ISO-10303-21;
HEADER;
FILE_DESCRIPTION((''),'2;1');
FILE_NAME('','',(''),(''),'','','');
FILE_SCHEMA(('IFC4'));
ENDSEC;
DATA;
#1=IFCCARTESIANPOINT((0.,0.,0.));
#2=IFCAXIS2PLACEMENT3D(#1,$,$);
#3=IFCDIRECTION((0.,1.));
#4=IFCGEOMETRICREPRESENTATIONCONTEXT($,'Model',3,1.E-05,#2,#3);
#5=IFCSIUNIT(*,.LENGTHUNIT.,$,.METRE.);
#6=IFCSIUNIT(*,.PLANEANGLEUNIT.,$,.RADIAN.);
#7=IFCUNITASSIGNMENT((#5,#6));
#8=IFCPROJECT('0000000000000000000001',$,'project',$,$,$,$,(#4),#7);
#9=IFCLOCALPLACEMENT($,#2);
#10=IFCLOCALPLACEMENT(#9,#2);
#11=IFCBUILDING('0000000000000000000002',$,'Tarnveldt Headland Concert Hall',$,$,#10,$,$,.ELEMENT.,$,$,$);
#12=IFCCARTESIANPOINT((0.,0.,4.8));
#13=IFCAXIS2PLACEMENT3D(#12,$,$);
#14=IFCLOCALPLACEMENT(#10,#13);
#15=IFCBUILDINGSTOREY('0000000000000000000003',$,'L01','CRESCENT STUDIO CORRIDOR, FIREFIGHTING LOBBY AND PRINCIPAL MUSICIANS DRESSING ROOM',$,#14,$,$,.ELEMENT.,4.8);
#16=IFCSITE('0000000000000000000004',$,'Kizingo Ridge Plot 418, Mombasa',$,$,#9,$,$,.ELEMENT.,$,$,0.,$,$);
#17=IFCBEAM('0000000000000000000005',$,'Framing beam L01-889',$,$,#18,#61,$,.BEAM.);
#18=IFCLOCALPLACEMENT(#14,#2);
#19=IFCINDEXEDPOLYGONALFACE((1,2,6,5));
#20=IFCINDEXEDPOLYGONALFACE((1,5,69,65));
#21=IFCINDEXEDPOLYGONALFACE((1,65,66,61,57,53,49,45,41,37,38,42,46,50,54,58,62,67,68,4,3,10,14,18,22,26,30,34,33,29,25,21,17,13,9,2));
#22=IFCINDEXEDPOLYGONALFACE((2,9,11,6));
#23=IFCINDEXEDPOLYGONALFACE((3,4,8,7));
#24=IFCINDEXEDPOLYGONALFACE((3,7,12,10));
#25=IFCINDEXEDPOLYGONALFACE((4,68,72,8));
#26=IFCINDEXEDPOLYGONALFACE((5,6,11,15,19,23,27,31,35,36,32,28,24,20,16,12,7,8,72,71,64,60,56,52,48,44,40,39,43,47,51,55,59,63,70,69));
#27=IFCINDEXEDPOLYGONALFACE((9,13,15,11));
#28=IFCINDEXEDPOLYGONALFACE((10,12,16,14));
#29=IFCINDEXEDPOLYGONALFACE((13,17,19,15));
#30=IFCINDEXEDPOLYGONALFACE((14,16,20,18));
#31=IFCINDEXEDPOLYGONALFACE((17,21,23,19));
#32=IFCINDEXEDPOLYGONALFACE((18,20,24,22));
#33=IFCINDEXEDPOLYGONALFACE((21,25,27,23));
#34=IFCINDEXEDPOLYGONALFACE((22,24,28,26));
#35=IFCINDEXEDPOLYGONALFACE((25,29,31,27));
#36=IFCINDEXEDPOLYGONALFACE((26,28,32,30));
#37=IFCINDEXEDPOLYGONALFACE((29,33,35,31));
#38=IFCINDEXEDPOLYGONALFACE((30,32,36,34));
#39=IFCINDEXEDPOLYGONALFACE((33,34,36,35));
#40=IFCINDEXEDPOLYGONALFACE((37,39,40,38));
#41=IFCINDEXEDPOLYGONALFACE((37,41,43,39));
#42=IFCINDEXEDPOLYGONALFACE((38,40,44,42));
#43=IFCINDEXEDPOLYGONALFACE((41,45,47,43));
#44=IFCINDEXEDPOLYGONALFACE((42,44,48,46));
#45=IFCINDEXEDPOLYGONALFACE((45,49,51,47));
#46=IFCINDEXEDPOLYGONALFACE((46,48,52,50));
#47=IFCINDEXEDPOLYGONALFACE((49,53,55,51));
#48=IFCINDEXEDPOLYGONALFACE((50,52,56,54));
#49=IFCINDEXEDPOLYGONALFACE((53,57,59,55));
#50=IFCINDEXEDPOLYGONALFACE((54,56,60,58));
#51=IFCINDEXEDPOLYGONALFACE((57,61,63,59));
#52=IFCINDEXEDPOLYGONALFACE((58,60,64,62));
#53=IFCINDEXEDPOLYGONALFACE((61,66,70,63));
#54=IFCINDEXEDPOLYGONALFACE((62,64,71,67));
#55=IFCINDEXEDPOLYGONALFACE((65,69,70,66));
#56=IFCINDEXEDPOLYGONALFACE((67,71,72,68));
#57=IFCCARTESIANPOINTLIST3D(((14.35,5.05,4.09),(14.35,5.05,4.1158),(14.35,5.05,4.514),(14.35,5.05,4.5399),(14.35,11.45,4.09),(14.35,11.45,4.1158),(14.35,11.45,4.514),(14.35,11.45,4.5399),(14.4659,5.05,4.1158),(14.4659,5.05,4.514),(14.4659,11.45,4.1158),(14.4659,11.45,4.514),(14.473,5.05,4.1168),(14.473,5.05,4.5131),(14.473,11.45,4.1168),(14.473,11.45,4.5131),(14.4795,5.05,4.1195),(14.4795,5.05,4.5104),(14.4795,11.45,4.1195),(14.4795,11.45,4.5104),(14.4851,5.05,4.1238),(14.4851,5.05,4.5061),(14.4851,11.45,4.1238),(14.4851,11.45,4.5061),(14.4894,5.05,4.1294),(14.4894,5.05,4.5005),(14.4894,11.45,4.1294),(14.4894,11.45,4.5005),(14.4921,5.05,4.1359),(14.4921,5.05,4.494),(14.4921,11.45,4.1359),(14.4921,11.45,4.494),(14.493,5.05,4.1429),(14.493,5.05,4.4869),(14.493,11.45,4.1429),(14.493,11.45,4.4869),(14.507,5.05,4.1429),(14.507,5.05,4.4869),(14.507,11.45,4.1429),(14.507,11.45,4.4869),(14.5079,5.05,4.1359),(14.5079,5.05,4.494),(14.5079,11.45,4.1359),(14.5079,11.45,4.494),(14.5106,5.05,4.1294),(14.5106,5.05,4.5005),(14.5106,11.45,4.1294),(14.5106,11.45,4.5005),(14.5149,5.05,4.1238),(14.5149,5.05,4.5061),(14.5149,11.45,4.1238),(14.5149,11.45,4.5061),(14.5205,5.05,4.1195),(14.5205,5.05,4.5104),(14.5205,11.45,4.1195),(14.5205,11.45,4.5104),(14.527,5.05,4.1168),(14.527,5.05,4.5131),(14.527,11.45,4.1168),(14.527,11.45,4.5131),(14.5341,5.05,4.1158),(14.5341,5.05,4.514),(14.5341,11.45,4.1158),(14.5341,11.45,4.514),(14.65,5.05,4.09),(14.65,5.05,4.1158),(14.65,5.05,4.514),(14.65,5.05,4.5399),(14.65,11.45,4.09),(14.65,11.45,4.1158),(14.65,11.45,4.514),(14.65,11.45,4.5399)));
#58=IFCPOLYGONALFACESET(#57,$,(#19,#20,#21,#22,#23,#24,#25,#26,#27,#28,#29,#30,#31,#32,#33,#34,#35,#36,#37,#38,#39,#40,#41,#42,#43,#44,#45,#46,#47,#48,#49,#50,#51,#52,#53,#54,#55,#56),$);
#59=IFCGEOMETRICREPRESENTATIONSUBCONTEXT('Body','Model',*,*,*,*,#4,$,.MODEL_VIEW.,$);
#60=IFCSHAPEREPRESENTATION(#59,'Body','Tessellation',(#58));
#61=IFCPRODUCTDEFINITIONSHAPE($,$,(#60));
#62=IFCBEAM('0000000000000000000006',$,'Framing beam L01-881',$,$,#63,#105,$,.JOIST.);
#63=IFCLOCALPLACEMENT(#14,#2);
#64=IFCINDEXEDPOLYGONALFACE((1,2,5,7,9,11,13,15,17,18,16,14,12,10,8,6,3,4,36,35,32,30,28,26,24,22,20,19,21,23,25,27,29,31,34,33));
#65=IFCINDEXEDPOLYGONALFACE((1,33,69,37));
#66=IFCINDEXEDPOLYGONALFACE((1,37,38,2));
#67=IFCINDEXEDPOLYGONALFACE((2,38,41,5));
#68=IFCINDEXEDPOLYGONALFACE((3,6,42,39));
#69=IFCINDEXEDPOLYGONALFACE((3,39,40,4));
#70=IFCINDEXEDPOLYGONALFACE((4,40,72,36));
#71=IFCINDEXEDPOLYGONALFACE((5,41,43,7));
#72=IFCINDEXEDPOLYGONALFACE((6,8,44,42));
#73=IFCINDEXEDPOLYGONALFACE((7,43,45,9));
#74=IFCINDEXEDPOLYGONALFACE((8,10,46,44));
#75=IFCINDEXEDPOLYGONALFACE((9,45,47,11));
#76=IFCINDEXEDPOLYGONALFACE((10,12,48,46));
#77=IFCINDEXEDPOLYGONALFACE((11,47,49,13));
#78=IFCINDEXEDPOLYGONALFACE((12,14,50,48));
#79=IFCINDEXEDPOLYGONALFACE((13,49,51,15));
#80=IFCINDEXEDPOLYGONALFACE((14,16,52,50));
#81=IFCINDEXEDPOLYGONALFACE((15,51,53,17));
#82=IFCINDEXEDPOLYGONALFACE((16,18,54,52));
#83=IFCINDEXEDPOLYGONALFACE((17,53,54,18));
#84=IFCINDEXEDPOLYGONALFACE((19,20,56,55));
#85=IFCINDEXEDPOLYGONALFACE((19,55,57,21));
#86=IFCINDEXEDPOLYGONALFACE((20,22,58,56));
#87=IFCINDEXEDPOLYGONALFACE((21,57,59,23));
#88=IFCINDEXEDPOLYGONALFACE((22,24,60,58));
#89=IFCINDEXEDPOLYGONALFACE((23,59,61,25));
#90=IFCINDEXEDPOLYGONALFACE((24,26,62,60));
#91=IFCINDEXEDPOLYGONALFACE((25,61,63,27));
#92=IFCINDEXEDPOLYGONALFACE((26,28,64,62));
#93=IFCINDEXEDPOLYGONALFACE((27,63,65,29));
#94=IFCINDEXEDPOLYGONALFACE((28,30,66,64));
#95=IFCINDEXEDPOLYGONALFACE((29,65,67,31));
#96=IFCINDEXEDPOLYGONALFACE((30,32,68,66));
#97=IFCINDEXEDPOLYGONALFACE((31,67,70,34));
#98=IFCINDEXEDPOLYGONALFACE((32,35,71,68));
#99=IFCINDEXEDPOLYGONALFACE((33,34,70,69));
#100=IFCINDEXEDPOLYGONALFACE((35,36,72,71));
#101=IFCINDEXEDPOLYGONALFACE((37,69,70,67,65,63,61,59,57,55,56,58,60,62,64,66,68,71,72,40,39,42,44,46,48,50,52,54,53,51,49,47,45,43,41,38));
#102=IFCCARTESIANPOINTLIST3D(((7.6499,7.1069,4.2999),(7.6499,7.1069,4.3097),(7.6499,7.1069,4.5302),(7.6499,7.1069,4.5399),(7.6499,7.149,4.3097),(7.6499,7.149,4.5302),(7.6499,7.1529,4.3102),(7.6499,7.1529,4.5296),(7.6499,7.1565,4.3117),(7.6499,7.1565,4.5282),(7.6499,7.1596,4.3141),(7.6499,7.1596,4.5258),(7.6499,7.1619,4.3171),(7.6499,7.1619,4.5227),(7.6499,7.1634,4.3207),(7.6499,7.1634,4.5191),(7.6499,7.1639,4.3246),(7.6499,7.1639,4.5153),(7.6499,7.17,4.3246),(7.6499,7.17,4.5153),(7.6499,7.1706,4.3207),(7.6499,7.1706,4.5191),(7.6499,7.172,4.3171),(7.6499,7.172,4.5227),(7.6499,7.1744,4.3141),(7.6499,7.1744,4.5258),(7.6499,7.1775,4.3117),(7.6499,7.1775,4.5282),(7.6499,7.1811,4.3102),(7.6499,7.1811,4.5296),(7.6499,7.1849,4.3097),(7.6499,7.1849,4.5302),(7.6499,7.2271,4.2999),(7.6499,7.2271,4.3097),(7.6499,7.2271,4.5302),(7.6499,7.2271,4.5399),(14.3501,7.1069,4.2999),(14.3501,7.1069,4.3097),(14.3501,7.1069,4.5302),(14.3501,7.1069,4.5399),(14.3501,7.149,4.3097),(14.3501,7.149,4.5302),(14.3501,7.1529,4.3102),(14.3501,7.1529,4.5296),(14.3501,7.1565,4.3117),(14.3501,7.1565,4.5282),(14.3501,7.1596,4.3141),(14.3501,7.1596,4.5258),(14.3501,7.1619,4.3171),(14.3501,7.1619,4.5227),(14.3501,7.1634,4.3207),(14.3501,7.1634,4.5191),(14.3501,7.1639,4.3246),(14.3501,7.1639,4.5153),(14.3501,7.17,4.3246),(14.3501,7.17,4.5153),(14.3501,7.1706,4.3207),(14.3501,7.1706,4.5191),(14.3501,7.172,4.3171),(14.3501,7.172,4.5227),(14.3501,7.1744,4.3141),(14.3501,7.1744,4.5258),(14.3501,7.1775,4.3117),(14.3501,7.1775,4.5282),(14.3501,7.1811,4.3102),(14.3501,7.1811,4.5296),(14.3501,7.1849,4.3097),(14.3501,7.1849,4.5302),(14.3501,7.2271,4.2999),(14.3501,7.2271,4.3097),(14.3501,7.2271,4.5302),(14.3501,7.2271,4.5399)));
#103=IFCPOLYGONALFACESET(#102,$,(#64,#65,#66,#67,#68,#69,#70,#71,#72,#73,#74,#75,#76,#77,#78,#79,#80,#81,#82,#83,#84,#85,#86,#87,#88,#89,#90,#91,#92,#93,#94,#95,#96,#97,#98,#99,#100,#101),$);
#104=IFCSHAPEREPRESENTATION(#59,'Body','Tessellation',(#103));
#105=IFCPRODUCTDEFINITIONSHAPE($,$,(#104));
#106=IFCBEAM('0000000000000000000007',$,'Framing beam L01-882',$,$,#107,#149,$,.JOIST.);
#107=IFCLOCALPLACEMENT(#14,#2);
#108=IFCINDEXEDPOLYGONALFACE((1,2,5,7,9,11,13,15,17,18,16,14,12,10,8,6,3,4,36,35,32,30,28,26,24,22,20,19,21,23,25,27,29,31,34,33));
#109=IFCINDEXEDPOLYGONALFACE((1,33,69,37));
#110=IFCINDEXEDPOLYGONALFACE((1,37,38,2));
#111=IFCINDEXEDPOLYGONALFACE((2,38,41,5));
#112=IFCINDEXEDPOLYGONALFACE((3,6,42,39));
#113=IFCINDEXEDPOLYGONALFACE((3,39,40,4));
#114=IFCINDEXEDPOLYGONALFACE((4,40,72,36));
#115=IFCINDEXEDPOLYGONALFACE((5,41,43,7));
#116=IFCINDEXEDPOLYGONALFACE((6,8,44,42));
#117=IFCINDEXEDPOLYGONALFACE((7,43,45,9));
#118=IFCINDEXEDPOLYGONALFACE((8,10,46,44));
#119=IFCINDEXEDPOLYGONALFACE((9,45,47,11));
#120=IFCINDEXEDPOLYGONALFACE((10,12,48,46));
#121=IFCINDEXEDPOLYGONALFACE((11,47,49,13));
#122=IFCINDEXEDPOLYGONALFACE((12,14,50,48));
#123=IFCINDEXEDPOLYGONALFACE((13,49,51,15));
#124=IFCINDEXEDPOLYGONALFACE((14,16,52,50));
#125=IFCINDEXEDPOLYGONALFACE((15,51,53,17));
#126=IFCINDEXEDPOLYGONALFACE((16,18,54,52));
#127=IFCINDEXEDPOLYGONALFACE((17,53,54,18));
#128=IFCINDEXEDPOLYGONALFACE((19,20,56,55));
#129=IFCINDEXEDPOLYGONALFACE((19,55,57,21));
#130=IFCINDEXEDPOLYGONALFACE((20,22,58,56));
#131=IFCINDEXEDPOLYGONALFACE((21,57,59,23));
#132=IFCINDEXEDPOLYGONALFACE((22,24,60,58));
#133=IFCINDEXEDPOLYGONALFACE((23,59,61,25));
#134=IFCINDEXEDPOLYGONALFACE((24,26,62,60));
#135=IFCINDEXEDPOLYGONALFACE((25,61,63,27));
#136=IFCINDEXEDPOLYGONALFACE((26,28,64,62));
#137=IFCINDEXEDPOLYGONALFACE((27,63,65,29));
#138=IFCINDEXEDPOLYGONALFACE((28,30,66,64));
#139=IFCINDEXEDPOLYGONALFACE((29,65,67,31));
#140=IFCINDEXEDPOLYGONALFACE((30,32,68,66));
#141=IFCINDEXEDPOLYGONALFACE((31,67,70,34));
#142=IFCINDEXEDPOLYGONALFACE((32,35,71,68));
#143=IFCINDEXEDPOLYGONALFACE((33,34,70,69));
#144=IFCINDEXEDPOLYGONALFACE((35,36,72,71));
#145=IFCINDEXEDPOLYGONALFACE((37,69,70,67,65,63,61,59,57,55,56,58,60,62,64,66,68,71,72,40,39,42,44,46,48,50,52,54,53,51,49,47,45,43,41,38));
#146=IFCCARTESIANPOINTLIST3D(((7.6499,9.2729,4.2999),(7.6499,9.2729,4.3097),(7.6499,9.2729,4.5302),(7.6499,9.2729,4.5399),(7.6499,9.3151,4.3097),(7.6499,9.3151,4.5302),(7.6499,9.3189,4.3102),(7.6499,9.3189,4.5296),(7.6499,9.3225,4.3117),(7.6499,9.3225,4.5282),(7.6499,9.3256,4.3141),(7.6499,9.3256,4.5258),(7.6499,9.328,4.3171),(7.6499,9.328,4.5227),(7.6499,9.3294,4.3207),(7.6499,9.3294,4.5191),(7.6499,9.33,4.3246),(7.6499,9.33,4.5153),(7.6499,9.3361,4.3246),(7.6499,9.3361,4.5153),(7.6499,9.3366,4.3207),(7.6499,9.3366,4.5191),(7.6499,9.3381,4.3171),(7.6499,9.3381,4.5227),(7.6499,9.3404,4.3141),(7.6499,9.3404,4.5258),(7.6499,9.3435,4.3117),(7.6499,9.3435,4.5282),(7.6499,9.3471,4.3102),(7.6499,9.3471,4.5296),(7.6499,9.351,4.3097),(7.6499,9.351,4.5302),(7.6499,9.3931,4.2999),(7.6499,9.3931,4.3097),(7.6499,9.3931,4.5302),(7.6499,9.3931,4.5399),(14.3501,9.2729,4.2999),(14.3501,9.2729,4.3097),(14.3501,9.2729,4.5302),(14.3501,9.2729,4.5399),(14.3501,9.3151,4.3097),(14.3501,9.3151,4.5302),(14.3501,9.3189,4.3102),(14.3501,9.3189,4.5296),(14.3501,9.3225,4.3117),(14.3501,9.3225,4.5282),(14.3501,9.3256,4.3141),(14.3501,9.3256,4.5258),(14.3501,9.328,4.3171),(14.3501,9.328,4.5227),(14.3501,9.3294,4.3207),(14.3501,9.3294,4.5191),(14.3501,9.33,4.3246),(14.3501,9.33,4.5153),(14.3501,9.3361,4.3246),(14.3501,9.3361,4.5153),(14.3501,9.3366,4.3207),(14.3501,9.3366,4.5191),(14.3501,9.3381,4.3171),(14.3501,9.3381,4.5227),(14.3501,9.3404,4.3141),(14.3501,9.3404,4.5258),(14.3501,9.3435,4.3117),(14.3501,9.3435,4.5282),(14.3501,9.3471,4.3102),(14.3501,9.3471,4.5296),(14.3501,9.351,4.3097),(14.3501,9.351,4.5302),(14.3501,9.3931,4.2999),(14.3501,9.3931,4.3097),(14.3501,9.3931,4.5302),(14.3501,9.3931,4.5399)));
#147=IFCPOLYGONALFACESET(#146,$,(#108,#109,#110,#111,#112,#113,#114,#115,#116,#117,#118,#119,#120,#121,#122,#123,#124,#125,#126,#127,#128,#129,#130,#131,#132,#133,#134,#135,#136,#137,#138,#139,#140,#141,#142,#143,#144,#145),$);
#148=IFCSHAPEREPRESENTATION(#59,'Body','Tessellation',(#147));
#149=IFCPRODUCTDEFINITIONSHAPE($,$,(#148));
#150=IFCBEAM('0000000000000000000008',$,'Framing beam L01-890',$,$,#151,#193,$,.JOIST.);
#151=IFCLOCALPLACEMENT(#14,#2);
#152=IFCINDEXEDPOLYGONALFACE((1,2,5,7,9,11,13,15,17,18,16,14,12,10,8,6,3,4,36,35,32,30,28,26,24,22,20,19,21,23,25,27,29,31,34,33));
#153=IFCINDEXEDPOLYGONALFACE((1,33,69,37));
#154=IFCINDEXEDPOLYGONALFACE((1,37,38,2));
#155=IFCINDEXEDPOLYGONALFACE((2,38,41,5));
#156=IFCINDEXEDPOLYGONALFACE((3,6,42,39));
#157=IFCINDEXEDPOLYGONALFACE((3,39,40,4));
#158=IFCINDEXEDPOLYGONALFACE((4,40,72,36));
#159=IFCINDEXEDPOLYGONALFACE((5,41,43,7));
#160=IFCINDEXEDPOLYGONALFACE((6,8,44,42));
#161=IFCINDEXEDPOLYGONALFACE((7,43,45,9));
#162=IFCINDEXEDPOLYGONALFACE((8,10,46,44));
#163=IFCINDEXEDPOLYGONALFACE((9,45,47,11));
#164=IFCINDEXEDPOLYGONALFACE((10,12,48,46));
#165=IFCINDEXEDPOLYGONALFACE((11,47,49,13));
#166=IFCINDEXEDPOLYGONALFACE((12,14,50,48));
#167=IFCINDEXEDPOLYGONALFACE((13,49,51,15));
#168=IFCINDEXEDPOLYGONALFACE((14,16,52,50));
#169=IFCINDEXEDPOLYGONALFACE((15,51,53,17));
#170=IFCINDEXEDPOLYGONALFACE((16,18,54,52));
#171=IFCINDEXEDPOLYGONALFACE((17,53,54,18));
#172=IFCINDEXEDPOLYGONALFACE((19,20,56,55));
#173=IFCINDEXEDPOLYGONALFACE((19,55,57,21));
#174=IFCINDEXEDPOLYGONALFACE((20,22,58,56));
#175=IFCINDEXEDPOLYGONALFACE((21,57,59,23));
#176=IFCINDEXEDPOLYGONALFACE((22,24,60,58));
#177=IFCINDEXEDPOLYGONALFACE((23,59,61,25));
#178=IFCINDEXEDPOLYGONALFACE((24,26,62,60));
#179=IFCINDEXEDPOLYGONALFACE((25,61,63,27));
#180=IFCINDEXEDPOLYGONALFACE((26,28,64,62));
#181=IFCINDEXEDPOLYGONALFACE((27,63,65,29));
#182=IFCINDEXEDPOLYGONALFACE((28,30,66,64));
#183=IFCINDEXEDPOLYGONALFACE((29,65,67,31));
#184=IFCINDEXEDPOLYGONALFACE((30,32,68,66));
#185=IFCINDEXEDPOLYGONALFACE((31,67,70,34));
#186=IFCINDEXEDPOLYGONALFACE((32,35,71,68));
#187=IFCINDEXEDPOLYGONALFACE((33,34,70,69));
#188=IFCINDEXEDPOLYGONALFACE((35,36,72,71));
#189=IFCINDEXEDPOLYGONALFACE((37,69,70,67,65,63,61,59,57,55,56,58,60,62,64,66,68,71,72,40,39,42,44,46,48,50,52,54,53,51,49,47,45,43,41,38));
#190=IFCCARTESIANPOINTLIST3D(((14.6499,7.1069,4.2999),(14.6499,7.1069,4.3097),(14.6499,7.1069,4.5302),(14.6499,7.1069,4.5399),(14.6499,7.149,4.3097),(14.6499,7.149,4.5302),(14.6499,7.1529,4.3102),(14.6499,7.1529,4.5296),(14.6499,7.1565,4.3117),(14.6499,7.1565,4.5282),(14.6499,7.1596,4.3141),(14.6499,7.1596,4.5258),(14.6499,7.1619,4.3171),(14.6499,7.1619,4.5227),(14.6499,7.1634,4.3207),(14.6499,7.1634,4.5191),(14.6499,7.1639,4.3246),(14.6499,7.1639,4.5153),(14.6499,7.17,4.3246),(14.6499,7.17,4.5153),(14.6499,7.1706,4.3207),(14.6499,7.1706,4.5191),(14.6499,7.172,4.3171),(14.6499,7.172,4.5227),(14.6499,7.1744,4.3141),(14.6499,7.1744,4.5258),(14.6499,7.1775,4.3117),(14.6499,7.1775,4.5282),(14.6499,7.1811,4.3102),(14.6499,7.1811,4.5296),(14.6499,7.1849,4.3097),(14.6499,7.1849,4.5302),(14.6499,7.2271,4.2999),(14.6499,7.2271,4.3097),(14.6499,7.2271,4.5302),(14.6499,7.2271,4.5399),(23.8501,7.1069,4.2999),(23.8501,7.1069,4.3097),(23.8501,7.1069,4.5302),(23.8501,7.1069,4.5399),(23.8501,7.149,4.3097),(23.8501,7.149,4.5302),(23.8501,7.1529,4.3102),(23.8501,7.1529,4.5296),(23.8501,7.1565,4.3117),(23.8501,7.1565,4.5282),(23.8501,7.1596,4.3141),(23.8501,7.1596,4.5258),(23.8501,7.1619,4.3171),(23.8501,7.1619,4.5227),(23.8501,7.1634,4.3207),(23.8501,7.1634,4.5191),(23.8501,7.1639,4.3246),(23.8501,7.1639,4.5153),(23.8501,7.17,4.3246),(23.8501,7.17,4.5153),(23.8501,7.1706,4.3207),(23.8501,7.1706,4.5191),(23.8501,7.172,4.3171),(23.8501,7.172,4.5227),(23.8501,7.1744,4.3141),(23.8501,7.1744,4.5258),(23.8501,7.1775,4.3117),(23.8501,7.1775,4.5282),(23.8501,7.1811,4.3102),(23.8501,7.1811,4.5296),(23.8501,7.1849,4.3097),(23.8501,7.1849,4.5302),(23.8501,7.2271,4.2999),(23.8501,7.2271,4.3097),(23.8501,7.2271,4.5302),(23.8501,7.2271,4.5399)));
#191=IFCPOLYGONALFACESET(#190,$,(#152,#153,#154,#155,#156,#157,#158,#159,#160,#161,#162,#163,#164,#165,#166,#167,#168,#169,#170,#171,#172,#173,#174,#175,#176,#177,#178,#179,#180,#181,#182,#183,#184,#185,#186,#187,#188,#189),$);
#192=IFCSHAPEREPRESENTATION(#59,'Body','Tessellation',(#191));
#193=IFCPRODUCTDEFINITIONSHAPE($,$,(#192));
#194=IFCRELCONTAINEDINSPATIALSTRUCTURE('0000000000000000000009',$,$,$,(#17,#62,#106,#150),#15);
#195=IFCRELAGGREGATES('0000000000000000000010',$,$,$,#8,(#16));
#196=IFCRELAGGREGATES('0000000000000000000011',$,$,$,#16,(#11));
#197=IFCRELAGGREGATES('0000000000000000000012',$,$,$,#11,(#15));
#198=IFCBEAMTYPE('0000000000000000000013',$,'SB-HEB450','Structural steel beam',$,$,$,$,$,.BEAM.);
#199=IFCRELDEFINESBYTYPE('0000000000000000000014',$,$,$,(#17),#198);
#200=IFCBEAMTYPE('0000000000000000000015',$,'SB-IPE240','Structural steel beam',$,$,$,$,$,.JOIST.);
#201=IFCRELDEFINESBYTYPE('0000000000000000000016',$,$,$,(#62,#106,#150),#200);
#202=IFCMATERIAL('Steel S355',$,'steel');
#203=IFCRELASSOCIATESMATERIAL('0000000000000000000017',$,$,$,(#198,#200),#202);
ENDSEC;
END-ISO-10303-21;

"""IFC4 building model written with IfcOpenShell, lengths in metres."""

from ifc_helpers import new_model, si_unit, direction, frame, origin, origin_2d, place, context, subcontext, project, spatial, i_section, extrude, material, material_profile, profile_set, type_object, element, save


model = new_model("IFC4")

# Units and contexts
model_context = context("Model", 3, precision=1e-05, world=origin(), true_north=direction((0.0, 1.0)))
body_context = subcontext(model_context, "Body", "Model", "MODEL_VIEW")
ifc_project = project(units=[si_unit("LENGTHUNIT", "METRE"), si_unit("PLANEANGLEUNIT", "RADIAN")], contexts=[model_context])

# Site, building, storey
site_placement = place(None, origin())
site = spatial("IfcSite", under=ifc_project, at=site_placement, Name="Kizingo Ridge Plot 418, Mombasa", CompositionType="ELEMENT", RefElevation=0.0)
building_placement = place(site_placement, origin())
building = spatial("IfcBuilding", under=site, at=building_placement, Name="Tarnveldt Headland Concert Hall", CompositionType="ELEMENT")
storey_placement = place(building_placement, frame((0.0, 0.0, 4.8)))
storey = spatial("IfcBuildingStorey", under=building, at=storey_placement, Name="L01", Description="CRESCENT STUDIO CORRIDOR, FIREFIGHTING LOBBY AND PRINCIPAL MUSICIANS DRESSING ROOM", CompositionType="ELEMENT", Elevation=4.8)

# Shared definitions
ifc_material_1 = material(Name="Steel S355", Category="steel")

# Beams
ifc_material_profile_1 = material_profile(ifc_material_1, i_section(OverallWidth=0.3, OverallDepth=0.45, WebThickness=0.0139, FlangeThickness=0.0259, FilletRadius=0.0271, at=origin_2d()), Name="HEB450", Category="steel")
ifc_profile_set_1 = profile_set([ifc_material_profile_1], Name="Steel S355")
beam_type_1 = type_object("IfcBeamType", Name="SB-HEB450", Description="Structural steel beam", PredefinedType="BEAM", material=ifc_profile_set_1)
for number, where, z_axis, x_axis, name in (
    (1, (14.5, 5.05, 4.3149), (0.0, 1.0, 0.0), (-1.0, 0.0, 0.0), "Framing beam L01-889"),
):
    element("IfcBeam", number, at=place(storey_placement, frame(where, z_axis=z_axis, x_axis=x_axis)), inside=storey, type_object=beam_type_1, Name=name, PredefinedType="BEAM", context=body_context, shape_type="SweptSolid", body=[
        extrude(i_section(OverallWidth=0.3, OverallDepth=0.45, WebThickness=0.0139, FlangeThickness=0.0259, FilletRadius=0.0271, at=origin_2d()), origin(), (0.0, 0.0, 1.0), 6.3999),
    ])
ifc_material_profile_2 = material_profile(ifc_material_1, i_section(OverallWidth=0.1201, OverallDepth=0.24, WebThickness=0.0061, FlangeThickness=0.0098, FilletRadius=0.0149, at=origin_2d()), Name="IPE240", Category="steel")
ifc_profile_set_2 = profile_set([ifc_material_profile_2], Name="Steel S355")
beam_type_2 = type_object("IfcBeamType", Name="SB-IPE240", Description="Structural steel beam", PredefinedType="JOIST", material=ifc_profile_set_2)
for number, where, z_axis, x_axis, name in (
    (2, (7.6499, 7.167, 4.4199), (1.0, 0.0, 0.0), (0.0, 1.0, 0.0), "Framing beam L01-881"),
    (3, (7.6499, 9.333, 4.4199), (1.0, 0.0, 0.0), (0.0, 1.0, 0.0), "Framing beam L01-882"),
):
    element("IfcBeam", number, at=place(storey_placement, frame(where, z_axis=z_axis, x_axis=x_axis)), inside=storey, type_object=beam_type_2, Name=name, PredefinedType="JOIST", context=body_context, shape_type="SweptSolid", body=[
        extrude(i_section(OverallWidth=0.1201, OverallDepth=0.24, WebThickness=0.0061, FlangeThickness=0.0098, FilletRadius=0.0149, at=origin_2d()), origin(), (0.0, 0.0, 1.0), 6.7002),
    ])
for number, where, z_axis, x_axis, name in (
    (4, (14.6499, 7.167, 4.4199), (1.0, 0.0, 0.0), (0.0, 1.0, 0.0), "Framing beam L01-890"),
):
    element("IfcBeam", number, at=place(storey_placement, frame(where, z_axis=z_axis, x_axis=x_axis)), inside=storey, type_object=beam_type_2, Name=name, PredefinedType="JOIST", context=body_context, shape_type="SweptSolid", body=[
        extrude(i_section(OverallWidth=0.1201, OverallDepth=0.24, WebThickness=0.0061, FlangeThickness=0.0098, FilletRadius=0.0149, at=origin_2d()), origin(), (0.0, 0.0, 1.0), 9.2002),
    ])

save(model, "model.ifc")
